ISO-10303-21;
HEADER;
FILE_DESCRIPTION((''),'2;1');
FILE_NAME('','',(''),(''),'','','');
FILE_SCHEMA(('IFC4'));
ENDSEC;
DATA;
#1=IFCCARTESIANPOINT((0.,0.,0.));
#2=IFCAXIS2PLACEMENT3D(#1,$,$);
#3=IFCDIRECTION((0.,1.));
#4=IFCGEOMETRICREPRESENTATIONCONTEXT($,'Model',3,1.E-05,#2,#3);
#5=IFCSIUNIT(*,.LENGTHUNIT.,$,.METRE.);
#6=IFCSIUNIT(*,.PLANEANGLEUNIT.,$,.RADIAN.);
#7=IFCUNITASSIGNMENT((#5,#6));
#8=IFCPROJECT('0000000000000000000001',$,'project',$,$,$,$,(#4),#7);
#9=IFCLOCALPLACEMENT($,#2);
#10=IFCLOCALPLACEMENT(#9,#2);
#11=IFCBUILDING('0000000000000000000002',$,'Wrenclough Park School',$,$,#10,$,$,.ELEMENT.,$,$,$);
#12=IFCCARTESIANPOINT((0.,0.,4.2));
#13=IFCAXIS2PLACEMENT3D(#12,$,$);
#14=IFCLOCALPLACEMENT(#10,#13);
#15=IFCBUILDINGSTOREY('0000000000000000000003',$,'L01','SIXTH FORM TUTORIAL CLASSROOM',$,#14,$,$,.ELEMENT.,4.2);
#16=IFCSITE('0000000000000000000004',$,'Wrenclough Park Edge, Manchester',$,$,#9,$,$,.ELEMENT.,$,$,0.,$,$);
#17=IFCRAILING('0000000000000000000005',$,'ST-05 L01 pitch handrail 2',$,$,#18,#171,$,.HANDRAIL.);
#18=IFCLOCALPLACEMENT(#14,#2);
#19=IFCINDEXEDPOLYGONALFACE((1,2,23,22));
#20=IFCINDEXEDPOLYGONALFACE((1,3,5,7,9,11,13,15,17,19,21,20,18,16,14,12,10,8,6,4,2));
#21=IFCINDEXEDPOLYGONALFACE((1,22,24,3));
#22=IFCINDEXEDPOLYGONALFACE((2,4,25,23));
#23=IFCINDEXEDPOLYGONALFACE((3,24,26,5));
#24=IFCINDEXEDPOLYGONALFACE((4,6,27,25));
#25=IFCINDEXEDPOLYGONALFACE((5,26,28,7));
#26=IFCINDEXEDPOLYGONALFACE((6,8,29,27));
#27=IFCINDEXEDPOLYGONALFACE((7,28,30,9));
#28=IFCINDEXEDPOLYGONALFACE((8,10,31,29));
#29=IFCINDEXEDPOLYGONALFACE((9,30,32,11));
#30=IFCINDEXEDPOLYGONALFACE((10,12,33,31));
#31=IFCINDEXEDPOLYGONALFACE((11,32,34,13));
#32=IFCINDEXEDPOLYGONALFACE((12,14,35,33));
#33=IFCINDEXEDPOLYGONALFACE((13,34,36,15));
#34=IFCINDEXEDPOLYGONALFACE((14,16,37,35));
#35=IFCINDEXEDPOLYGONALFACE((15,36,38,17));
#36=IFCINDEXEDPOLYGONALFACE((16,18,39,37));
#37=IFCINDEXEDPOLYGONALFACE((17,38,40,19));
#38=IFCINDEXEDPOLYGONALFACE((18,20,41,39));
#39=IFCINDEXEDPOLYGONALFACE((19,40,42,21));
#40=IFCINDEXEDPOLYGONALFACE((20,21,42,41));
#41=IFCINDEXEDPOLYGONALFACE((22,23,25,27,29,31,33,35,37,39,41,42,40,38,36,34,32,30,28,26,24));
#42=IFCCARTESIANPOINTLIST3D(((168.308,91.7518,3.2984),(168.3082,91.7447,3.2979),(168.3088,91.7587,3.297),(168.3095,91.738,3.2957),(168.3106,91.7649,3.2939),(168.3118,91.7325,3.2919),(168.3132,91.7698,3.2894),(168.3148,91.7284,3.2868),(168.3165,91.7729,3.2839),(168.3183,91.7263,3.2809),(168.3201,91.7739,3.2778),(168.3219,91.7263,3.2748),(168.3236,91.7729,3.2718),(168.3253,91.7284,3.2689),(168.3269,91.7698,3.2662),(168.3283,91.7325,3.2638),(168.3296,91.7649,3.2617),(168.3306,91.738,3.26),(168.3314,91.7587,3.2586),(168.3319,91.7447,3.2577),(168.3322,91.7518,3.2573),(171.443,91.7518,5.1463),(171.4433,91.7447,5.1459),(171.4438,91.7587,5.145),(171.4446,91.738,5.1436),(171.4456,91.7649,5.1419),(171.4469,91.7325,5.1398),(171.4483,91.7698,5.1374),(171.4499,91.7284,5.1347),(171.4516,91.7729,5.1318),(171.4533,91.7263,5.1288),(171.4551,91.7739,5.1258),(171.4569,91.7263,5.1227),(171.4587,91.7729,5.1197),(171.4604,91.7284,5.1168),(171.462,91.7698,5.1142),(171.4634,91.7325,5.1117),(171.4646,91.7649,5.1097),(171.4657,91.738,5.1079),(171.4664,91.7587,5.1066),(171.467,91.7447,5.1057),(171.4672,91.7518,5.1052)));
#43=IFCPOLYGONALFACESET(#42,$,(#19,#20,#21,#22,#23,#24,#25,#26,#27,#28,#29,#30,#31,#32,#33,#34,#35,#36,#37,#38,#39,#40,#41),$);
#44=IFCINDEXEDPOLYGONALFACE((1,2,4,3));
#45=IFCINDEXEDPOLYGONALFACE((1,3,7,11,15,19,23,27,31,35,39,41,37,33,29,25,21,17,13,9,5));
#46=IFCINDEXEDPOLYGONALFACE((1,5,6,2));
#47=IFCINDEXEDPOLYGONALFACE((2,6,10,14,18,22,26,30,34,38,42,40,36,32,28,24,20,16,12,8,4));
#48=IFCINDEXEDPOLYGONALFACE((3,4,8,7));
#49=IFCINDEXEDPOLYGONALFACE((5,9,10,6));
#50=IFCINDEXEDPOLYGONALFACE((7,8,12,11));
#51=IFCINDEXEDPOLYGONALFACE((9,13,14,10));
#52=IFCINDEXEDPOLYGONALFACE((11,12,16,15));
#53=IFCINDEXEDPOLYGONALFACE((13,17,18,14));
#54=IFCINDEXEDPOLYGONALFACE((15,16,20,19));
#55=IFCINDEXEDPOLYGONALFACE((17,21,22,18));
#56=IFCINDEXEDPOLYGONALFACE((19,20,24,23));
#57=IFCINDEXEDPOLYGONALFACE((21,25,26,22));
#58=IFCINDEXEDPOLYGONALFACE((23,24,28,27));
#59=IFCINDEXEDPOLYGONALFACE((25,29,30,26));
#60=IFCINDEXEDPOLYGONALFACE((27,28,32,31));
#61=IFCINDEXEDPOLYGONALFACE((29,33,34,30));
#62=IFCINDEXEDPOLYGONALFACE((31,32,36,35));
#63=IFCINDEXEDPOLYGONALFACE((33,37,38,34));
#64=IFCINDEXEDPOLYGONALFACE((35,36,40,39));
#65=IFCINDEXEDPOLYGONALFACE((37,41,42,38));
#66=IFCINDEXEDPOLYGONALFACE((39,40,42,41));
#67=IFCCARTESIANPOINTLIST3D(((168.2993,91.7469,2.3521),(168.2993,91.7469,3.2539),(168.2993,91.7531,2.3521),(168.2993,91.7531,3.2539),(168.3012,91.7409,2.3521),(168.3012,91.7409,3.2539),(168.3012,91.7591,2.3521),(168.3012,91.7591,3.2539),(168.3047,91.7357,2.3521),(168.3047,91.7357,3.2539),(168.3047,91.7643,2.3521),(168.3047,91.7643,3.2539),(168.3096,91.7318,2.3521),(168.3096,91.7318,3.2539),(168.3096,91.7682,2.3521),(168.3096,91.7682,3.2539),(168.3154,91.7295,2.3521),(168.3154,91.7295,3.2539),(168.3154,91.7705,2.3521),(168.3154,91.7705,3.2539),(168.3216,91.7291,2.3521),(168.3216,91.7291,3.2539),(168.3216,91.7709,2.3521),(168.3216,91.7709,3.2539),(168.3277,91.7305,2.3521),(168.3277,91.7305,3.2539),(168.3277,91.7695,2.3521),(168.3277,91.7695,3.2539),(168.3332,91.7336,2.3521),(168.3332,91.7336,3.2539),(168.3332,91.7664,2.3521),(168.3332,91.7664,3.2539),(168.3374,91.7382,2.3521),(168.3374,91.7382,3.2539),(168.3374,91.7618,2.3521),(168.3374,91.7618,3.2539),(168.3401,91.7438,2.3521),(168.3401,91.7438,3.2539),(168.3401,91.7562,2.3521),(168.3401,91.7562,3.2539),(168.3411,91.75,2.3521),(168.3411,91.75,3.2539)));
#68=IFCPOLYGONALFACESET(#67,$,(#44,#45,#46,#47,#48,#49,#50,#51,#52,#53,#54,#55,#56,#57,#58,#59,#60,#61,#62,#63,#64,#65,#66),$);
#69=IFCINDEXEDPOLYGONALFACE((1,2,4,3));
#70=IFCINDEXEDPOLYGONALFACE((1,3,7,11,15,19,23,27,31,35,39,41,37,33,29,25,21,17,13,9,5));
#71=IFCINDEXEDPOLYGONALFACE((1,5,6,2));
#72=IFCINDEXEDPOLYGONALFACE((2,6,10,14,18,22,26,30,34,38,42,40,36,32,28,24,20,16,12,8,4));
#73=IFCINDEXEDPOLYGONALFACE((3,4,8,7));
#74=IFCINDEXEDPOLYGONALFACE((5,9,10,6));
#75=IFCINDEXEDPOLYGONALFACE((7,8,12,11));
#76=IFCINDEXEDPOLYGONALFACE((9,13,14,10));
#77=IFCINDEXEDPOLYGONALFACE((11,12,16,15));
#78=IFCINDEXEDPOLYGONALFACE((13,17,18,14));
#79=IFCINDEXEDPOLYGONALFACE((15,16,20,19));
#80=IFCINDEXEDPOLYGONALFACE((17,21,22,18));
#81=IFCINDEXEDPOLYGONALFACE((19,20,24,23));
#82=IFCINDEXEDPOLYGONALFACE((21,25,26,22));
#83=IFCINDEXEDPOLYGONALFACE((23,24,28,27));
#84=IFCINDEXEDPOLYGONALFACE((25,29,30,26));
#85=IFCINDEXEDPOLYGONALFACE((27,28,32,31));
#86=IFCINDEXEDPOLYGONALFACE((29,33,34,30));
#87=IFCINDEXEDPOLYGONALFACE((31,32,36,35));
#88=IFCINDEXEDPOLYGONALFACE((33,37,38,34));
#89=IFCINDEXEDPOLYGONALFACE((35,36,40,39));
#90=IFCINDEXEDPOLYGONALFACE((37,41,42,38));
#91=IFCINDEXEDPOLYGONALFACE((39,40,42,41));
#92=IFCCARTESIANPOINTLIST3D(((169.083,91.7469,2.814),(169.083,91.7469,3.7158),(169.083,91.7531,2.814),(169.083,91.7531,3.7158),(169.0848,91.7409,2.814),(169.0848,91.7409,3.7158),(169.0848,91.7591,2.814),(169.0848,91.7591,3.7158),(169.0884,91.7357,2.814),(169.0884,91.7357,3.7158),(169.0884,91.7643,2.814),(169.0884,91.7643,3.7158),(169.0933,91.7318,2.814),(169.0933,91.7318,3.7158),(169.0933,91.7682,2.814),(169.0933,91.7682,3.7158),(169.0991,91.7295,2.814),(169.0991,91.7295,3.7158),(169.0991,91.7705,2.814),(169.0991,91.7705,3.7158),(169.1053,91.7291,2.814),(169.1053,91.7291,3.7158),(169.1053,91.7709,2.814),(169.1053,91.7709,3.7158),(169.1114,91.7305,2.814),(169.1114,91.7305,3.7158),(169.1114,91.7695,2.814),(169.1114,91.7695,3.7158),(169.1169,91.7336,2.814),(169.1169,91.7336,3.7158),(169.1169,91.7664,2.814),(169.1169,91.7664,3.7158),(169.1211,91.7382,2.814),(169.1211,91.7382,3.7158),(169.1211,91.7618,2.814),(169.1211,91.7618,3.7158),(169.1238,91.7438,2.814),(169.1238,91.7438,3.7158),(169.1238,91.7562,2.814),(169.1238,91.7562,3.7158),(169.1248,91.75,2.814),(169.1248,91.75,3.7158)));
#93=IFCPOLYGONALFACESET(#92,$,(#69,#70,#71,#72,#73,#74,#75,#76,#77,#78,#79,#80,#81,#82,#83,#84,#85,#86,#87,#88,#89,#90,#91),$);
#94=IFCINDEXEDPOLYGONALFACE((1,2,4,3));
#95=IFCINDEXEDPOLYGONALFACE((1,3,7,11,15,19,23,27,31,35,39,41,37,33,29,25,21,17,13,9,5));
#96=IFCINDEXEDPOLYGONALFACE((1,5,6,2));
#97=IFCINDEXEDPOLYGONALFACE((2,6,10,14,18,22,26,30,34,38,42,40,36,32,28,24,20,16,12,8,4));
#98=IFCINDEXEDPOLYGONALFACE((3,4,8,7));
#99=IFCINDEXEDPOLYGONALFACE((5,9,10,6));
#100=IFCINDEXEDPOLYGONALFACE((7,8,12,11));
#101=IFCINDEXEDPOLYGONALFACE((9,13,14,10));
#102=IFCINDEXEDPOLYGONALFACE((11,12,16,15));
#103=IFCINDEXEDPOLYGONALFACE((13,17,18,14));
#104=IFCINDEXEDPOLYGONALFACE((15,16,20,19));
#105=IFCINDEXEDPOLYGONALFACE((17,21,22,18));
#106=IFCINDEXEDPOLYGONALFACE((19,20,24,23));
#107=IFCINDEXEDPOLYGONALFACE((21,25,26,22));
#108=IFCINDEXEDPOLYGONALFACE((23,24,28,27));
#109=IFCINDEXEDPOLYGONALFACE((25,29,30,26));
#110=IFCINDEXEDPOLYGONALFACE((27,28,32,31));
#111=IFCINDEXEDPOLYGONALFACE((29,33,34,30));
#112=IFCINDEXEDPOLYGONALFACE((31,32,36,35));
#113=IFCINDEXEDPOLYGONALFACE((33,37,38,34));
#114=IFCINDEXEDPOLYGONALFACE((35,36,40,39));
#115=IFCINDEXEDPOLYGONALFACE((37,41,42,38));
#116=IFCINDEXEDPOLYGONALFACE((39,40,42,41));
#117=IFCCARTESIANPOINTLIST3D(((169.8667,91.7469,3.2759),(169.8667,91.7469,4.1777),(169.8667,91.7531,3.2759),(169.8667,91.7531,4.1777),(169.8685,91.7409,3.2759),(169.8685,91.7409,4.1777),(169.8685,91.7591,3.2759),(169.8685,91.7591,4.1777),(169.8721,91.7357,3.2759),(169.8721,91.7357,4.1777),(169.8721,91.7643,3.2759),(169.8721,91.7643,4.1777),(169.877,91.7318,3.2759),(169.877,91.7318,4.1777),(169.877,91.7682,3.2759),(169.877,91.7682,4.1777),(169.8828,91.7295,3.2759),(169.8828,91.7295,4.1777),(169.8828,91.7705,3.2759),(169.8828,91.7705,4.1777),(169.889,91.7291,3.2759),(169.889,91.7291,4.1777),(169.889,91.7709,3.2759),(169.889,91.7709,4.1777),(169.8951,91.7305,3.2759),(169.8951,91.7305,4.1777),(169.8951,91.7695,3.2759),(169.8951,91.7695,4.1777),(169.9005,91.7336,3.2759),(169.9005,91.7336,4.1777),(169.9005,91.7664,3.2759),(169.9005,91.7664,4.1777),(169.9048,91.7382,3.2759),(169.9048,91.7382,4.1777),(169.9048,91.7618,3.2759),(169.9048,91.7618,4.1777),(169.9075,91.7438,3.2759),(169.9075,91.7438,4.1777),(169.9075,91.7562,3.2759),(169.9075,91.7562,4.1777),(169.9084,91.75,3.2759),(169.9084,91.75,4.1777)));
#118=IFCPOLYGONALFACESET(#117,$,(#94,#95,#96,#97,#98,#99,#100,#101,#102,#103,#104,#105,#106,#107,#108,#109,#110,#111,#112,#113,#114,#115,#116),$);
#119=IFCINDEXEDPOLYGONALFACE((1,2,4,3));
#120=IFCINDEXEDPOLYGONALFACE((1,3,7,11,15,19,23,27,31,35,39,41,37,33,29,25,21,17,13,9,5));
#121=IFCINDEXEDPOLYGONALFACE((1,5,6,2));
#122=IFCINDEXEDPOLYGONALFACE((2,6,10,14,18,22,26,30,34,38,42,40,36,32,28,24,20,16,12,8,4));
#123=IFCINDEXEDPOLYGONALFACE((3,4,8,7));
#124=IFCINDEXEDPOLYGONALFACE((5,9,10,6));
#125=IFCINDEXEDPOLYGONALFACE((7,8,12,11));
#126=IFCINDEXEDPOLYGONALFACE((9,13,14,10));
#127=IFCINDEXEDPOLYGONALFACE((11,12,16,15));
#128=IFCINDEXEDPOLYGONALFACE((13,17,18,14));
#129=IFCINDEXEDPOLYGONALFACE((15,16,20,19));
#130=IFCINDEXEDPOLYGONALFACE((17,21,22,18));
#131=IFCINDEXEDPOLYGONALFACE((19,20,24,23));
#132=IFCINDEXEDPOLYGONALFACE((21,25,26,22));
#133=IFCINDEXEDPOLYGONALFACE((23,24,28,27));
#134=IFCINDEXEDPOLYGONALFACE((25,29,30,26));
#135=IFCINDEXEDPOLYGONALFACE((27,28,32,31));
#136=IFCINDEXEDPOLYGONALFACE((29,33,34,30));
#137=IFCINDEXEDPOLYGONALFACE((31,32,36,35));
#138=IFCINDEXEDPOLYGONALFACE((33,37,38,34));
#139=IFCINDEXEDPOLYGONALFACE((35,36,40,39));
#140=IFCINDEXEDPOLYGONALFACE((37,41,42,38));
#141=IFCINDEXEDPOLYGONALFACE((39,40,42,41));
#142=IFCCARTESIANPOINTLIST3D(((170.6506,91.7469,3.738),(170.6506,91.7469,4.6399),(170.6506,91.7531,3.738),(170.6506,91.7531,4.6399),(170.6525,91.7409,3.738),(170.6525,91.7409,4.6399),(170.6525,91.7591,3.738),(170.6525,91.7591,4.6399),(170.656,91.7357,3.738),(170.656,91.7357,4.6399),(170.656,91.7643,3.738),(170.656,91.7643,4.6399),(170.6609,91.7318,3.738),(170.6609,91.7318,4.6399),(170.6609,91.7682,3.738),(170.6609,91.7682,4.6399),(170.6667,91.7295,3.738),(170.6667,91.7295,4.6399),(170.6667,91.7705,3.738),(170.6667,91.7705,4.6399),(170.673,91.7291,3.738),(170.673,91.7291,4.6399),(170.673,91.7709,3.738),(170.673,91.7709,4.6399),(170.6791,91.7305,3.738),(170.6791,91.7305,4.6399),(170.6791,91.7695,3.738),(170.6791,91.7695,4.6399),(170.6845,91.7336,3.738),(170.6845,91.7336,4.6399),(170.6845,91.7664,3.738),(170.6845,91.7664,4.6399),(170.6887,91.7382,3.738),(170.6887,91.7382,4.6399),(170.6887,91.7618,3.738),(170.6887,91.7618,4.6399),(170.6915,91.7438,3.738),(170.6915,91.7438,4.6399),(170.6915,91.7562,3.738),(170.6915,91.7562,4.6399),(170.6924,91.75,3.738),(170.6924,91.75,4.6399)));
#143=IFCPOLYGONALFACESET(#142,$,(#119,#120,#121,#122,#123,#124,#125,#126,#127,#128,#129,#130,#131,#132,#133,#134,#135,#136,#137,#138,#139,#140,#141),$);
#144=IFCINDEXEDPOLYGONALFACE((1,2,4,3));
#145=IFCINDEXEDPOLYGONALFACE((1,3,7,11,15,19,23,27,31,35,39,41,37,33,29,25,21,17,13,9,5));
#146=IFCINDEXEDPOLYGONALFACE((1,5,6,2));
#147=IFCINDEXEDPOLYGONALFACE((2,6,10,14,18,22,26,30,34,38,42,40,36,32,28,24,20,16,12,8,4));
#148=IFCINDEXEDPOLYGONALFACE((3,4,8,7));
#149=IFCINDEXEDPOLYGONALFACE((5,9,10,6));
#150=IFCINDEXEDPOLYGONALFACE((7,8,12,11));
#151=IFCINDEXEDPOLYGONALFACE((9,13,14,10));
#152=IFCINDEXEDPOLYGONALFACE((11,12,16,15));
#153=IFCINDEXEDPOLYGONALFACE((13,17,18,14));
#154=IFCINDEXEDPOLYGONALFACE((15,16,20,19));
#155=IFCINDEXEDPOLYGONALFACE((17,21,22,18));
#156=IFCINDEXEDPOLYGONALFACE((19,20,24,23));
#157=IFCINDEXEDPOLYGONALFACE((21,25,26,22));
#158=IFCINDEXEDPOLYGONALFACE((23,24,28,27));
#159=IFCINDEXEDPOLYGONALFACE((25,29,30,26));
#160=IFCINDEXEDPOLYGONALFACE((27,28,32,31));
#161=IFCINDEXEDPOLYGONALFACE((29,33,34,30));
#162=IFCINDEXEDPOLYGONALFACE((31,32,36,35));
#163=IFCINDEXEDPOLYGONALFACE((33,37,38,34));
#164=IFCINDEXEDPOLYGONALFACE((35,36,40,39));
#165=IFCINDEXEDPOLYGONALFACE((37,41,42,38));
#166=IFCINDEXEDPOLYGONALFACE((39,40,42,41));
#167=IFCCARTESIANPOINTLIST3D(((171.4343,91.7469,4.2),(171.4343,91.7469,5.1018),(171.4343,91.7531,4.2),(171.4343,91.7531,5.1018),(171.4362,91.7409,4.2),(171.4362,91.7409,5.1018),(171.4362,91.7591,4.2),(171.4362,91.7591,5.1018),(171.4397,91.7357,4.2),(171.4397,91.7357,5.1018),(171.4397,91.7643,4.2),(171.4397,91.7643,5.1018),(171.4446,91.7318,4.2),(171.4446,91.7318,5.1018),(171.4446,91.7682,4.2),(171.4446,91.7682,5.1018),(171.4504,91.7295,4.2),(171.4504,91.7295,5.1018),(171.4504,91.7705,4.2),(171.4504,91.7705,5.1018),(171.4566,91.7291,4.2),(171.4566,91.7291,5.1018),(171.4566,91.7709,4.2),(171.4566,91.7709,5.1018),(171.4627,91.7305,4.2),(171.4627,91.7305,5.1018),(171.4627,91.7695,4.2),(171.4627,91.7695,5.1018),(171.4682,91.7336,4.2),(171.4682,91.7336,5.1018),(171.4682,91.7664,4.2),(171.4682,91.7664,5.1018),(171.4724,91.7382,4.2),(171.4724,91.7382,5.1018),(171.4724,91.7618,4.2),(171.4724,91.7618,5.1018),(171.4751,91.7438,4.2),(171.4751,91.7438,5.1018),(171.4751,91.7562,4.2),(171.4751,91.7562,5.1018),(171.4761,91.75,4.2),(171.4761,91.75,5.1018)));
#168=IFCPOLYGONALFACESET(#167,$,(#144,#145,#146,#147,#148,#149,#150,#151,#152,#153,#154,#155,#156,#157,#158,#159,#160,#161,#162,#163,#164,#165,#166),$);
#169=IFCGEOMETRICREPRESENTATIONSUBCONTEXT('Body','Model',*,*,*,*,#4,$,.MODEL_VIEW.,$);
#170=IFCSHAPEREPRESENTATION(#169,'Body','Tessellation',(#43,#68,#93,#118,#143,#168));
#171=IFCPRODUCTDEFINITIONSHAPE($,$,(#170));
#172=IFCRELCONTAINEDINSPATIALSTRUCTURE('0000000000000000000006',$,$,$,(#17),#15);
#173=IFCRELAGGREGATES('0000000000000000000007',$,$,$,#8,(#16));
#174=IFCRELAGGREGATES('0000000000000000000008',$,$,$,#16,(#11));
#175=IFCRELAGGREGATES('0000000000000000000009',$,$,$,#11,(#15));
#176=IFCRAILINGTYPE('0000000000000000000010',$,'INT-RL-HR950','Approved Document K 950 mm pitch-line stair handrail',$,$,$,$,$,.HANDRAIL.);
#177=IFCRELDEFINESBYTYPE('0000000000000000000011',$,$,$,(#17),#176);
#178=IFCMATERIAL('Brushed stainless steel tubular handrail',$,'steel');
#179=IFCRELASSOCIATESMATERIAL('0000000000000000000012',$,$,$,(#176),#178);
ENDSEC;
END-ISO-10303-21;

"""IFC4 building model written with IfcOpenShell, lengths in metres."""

from ifc_helpers import new_model, si_unit, direction, frame, origin, origin_2d, place, context, subcontext, project, spatial, circle, extrude, material, type_object, element, save


model = new_model("IFC4")

# Units and contexts
model_context = context("Model", 3, precision=1e-05, world=origin(), true_north=direction((0.0, 1.0)))
body_context = subcontext(model_context, "Body", "Model", "MODEL_VIEW")
ifc_project = project(units=[si_unit("LENGTHUNIT", "METRE"), si_unit("PLANEANGLEUNIT", "RADIAN")], contexts=[model_context])

# Site, building, storey
site_placement = place(None, origin())
site = spatial("IfcSite", under=ifc_project, at=site_placement, Name="Wrenclough Park Edge, Manchester", CompositionType="ELEMENT", RefElevation=0.0)
building_placement = place(site_placement, origin())
building = spatial("IfcBuilding", under=site, at=building_placement, Name="Wrenclough Park School", CompositionType="ELEMENT")
storey_placement = place(building_placement, frame((0.0, 0.0, 4.2)))
storey = spatial("IfcBuildingStorey", under=building, at=storey_placement, Name="L01", Description="SIXTH FORM TUTORIAL CLASSROOM", CompositionType="ELEMENT", Elevation=4.2)

# Railing
ifc_material_1 = material(Name="Brushed stainless steel tubular handrail", Category="steel")
railing_type_1 = type_object("IfcRailingType", Name="INT-RL-HR950", Description="Approved Document K 950 mm pitch-line stair handrail", PredefinedType="HANDRAIL", material=ifc_material_1)
railing_1_placement = place(storey_placement, frame((168.3201, 91.75, 2.3521)))
element("IfcRailing", 1, at=railing_1_placement, inside=storey, type_object=railing_type_1, Name="ST-05 L01 pitch handrail 2", PredefinedType="HANDRAIL", context=body_context, shape_type="SweptSolid", body=[
    extrude(circle(Radius=0.0239, at=origin_2d()), frame((0.0, 0.0, 0.9258), z_axis=(0.86148, 0.0, 0.507791), x_axis=(0.0, 1.0, 0.0)), (0.0, 0.0, 1.0), 3.6392),
    extrude(circle(Radius=0.021, at=origin_2d()), origin(), (0.0, 0.0, 1.0), 0.9019),
    extrude(circle(Radius=0.021, at=origin_2d()), frame((0.7837, 0.0, 0.4619)), (0.0, 0.0, 1.0), 0.9019),
    extrude(circle(Radius=0.021, at=origin_2d()), frame((1.5674, 0.0, 0.9238)), (0.0, 0.0, 1.0), 0.9019),
    extrude(circle(Radius=0.021, at=origin_2d()), frame((2.3513, 0.0, 1.386)), (0.0, 0.0, 1.0), 0.9019),
    extrude(circle(Radius=0.021, at=origin_2d()), frame((3.135, 0.0, 1.8479)), (0.0, 0.0, 1.0), 0.9019),
])

save(model, "model.ifc")
